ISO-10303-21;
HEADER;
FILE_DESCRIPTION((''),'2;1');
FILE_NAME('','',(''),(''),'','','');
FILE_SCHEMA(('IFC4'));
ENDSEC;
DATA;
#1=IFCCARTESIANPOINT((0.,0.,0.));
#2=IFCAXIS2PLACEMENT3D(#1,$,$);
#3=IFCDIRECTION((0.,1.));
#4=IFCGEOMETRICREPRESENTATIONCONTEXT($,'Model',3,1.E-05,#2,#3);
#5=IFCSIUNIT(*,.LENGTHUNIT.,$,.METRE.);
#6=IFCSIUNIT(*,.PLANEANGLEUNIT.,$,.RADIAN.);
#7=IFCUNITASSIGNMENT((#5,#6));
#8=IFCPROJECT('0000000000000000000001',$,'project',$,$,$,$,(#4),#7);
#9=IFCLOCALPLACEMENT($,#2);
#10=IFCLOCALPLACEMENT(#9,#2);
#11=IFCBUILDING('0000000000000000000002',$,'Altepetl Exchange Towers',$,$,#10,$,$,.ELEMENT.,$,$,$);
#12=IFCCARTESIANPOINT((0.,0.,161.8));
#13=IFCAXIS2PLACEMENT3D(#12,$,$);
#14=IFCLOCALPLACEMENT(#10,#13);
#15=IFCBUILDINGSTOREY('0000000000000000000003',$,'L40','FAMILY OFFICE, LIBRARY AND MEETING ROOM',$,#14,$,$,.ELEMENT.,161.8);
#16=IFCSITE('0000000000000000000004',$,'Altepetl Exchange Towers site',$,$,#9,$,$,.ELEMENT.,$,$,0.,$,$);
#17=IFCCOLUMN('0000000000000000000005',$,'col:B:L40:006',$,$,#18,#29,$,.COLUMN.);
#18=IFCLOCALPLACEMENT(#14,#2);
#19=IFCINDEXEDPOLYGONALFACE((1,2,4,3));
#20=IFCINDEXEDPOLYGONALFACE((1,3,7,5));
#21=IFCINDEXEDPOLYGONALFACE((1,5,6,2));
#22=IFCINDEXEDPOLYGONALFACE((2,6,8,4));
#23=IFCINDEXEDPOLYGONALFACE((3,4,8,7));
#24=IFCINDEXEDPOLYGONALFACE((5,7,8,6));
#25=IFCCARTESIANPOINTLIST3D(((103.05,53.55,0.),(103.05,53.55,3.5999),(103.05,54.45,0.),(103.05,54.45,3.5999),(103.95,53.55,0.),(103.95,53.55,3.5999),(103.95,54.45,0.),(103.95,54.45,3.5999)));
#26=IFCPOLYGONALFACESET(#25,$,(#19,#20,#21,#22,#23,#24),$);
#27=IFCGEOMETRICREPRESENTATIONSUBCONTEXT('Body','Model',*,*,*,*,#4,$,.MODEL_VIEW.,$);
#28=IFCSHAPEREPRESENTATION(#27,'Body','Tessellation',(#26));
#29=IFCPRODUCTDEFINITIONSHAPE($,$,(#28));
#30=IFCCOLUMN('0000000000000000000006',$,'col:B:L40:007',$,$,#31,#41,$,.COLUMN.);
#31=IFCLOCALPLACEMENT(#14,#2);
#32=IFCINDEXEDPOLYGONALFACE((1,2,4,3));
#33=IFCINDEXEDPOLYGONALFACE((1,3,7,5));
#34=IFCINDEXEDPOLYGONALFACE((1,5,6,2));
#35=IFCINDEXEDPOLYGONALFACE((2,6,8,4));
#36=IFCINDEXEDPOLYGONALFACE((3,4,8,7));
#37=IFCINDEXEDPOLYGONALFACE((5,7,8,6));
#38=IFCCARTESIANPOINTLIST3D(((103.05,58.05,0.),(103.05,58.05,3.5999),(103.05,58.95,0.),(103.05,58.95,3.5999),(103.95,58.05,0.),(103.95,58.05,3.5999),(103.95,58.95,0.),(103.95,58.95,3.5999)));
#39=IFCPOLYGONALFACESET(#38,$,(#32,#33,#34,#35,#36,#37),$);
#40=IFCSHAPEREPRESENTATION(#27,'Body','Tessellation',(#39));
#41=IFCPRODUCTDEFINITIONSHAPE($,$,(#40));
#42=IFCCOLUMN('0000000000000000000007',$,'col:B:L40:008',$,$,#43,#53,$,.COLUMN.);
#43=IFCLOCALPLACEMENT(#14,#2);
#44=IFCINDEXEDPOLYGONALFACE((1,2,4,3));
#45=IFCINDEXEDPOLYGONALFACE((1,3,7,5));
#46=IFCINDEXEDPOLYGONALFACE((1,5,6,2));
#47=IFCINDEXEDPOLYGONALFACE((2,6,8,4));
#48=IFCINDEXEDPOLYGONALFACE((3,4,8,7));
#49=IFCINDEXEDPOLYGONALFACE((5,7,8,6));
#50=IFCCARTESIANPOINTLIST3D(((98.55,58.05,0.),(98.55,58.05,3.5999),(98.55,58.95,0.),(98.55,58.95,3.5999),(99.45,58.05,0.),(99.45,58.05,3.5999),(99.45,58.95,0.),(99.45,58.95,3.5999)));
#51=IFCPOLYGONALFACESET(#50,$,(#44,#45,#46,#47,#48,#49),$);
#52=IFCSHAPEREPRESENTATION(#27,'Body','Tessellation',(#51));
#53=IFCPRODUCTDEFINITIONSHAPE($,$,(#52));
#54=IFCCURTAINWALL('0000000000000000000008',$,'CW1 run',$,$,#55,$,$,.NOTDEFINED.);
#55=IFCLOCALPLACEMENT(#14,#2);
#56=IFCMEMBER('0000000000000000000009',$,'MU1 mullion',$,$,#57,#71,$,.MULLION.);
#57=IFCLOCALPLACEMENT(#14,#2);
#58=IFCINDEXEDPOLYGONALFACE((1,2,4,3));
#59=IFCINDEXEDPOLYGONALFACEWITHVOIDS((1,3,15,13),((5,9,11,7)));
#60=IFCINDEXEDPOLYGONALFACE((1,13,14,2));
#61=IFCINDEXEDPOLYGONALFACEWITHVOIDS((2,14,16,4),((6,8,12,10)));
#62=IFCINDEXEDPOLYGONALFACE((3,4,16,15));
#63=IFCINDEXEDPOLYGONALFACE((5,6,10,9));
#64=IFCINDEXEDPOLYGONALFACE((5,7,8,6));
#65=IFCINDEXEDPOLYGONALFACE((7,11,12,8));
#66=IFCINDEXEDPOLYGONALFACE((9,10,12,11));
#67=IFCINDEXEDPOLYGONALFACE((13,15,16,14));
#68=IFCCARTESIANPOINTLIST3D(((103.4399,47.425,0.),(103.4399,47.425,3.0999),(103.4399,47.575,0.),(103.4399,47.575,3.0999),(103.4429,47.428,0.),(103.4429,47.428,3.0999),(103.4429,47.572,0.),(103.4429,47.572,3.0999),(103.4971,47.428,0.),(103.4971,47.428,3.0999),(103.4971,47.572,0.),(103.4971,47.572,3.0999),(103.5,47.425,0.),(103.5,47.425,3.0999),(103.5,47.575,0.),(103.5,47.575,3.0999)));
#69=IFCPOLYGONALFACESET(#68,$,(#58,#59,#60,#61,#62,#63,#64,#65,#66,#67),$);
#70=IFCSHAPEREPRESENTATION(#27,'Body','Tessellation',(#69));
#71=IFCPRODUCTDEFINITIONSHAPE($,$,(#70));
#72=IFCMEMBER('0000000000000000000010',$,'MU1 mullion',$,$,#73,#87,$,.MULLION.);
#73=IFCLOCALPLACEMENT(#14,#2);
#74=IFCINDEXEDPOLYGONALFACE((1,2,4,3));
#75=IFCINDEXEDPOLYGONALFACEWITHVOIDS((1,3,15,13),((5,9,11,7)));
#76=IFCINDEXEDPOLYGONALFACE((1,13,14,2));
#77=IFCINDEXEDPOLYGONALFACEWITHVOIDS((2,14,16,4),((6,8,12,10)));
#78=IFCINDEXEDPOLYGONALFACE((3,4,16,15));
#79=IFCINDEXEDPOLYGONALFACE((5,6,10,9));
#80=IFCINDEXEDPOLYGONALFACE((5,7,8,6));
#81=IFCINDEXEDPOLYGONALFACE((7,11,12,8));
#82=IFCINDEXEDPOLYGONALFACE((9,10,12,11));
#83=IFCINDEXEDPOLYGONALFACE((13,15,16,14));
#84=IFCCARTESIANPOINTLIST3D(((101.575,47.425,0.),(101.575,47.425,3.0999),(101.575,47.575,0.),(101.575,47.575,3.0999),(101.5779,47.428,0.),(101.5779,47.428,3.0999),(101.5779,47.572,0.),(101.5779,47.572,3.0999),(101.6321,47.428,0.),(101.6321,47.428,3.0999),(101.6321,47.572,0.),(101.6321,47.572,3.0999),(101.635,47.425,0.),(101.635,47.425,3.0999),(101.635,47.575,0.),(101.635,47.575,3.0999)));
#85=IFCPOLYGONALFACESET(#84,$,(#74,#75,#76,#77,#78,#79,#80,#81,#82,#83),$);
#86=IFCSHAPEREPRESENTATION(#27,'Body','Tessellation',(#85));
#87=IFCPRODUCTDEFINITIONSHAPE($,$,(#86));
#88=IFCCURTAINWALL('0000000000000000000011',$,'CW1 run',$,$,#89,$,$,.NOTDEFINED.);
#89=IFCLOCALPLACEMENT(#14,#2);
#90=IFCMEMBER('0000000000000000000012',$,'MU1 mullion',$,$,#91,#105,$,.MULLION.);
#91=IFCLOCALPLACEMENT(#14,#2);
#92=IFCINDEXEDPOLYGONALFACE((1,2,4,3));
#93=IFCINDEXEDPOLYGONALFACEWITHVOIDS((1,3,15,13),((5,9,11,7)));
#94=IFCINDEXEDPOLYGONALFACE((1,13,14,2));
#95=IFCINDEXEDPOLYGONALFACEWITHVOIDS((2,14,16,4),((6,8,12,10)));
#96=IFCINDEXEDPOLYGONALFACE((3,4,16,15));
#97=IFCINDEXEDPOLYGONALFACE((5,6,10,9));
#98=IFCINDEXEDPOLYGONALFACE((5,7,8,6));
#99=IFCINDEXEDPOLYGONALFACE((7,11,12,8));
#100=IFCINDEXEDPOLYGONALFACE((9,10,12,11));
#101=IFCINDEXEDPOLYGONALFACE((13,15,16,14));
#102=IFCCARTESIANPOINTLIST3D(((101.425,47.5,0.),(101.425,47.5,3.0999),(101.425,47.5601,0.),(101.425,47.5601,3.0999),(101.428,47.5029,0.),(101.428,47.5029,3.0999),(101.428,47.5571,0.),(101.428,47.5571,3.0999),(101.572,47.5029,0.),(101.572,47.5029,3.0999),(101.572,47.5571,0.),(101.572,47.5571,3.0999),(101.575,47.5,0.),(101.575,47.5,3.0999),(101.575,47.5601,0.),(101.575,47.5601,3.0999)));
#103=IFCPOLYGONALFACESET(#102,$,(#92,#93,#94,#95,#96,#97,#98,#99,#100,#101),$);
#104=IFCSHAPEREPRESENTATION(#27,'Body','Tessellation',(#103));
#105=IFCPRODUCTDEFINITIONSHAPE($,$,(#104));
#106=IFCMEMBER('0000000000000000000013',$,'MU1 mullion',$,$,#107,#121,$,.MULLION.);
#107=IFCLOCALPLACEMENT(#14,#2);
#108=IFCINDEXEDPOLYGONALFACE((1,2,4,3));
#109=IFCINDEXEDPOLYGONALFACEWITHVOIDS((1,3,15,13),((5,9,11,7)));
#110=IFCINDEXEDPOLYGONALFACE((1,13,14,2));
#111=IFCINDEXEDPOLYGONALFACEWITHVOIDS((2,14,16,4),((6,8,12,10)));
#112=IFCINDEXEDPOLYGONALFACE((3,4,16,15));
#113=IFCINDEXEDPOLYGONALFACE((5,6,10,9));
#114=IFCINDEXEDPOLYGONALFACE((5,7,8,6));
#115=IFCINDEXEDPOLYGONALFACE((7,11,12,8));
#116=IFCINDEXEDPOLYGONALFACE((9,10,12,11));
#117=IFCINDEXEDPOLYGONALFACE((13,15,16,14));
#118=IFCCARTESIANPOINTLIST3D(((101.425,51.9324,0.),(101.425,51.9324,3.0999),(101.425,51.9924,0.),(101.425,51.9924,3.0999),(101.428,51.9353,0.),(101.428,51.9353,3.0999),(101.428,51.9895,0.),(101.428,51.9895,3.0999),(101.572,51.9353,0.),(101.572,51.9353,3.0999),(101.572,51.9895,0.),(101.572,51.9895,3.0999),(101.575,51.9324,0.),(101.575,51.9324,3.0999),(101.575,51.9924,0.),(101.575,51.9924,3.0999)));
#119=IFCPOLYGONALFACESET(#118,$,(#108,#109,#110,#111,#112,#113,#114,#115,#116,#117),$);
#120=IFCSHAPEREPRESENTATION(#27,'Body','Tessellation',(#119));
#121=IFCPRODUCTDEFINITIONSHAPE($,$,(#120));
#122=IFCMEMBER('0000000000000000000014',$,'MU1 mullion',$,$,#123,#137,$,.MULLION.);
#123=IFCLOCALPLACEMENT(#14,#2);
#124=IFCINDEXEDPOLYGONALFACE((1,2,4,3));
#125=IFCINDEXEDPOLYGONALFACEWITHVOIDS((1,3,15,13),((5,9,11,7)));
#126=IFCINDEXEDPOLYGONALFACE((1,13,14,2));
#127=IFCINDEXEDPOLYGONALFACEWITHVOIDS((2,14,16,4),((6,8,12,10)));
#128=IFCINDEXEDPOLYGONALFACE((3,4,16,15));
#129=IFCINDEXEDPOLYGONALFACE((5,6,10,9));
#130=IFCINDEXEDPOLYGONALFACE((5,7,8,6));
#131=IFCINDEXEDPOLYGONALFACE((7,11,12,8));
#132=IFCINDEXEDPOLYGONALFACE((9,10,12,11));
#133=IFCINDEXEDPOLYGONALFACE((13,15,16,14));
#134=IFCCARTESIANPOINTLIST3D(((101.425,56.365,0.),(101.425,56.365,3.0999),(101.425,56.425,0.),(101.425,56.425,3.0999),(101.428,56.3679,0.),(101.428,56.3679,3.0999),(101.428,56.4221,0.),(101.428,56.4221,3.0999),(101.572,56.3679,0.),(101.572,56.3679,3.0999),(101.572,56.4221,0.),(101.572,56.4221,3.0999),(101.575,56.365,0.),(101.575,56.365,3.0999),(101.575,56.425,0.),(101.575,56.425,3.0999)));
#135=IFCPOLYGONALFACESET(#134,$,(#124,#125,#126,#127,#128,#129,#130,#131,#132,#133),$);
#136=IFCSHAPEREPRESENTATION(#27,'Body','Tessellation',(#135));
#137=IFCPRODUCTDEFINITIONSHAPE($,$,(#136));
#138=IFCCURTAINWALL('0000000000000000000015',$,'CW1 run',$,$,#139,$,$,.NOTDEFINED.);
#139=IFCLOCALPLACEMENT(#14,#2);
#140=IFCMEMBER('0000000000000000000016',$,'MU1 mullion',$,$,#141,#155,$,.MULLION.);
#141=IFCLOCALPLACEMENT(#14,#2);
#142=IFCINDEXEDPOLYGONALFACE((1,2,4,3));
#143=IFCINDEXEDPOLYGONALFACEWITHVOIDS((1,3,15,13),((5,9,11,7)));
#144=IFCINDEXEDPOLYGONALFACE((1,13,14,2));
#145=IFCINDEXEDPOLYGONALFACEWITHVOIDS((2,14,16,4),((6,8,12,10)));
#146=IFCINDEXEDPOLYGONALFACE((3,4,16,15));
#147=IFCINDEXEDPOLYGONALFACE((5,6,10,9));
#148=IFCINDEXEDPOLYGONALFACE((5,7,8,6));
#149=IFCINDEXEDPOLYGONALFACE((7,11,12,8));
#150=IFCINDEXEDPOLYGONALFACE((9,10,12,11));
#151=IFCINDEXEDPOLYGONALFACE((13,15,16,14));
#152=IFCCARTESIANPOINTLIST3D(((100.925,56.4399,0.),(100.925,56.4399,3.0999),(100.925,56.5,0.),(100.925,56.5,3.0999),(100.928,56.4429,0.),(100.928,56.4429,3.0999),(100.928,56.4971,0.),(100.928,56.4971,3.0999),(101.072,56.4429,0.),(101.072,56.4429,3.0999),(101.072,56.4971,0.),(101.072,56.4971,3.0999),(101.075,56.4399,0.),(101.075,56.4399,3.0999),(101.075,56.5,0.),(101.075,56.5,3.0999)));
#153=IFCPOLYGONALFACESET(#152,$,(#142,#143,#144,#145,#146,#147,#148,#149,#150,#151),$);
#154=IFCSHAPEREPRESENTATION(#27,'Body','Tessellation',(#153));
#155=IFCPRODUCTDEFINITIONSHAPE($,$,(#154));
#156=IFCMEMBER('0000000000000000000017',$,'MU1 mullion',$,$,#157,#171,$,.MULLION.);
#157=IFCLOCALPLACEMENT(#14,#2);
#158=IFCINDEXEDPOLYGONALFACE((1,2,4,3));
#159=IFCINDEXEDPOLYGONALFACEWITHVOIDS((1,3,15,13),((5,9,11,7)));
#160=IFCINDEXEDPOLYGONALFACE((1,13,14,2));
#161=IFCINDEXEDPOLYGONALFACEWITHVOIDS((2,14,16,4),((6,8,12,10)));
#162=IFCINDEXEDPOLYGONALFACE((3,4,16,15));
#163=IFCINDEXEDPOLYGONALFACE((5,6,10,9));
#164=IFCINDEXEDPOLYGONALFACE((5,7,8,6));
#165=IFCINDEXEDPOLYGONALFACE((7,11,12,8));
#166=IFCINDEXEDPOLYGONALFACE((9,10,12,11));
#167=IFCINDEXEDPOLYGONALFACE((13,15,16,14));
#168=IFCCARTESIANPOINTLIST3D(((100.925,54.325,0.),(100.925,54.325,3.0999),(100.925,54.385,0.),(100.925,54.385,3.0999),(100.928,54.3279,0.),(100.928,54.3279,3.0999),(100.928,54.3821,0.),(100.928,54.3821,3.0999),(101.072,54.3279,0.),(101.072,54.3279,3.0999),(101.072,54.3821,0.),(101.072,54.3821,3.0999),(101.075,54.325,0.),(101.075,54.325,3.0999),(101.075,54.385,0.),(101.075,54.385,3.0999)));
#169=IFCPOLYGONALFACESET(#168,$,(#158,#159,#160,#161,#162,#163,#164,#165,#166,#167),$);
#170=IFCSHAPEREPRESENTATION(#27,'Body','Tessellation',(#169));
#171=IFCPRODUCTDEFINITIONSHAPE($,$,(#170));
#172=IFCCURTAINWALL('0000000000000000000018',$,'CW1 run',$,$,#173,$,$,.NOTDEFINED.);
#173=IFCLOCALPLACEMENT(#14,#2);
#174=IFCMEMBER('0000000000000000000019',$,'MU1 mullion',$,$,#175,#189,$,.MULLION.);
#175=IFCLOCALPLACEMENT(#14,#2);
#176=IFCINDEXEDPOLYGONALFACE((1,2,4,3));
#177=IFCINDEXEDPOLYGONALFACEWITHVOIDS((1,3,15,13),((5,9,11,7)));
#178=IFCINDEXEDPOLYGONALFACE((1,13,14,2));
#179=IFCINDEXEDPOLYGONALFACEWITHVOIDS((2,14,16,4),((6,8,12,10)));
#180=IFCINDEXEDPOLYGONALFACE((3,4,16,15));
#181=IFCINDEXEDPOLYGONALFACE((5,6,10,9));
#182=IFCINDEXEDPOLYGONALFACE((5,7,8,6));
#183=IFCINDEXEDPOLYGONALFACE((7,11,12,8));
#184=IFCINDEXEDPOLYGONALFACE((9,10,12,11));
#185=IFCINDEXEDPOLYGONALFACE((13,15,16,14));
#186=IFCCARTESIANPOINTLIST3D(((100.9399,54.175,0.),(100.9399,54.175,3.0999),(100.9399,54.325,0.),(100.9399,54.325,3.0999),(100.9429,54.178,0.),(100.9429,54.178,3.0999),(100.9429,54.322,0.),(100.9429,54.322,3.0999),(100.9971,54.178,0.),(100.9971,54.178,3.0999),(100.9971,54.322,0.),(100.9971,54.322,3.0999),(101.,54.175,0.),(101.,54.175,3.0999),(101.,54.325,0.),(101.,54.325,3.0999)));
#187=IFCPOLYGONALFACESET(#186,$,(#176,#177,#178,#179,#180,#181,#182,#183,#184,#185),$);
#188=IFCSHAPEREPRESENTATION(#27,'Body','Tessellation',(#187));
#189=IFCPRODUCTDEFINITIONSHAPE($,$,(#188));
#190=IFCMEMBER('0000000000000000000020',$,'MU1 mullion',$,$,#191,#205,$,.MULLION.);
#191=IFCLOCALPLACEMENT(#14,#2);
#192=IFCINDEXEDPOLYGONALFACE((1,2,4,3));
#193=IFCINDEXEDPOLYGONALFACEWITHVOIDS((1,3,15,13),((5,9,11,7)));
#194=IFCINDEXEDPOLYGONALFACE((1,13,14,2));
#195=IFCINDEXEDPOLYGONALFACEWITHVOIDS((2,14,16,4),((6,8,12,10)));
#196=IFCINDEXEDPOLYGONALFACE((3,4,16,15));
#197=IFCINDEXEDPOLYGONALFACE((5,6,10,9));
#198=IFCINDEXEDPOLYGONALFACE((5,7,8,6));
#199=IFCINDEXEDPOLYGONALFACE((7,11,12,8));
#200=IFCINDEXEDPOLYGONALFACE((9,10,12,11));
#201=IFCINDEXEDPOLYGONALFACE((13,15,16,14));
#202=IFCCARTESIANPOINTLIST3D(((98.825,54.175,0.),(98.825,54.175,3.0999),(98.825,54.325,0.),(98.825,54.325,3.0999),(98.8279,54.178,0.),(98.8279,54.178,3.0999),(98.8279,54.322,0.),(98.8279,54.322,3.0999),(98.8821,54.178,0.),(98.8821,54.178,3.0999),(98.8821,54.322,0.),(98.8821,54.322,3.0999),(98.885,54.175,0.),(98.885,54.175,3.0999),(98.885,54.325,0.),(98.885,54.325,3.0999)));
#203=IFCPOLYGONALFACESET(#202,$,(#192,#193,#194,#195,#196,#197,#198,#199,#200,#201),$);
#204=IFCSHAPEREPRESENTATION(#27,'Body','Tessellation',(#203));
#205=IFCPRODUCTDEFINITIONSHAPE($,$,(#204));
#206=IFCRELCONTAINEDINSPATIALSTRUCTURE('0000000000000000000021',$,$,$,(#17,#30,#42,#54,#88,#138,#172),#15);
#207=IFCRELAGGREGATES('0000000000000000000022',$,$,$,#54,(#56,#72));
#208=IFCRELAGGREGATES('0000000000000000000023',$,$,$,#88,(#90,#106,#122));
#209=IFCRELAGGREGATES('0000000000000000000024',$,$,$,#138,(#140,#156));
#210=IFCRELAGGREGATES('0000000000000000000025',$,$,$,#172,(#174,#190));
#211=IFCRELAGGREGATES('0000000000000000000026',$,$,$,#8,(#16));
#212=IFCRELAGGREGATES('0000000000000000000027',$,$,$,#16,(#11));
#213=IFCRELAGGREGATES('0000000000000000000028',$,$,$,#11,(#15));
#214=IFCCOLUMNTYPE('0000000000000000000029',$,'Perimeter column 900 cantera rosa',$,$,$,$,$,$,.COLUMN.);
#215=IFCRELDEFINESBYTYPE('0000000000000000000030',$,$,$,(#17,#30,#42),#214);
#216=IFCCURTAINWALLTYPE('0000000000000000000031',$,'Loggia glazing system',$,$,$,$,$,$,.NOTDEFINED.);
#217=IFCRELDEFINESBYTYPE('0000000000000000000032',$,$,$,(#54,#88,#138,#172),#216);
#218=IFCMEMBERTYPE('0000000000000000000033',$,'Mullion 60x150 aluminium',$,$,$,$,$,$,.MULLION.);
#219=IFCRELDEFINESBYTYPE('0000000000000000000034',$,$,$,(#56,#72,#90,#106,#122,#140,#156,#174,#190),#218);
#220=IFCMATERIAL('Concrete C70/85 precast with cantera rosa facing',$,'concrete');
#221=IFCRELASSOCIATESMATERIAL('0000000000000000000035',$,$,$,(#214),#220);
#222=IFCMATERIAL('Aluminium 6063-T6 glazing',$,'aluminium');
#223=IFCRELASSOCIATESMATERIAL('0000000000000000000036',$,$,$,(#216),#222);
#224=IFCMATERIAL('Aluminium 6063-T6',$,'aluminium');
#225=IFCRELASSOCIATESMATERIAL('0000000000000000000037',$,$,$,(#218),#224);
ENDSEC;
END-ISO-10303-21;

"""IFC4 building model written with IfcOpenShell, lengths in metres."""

from ifc_helpers import new_model, si_unit, direction, frame, origin, origin_2d, place, context, subcontext, project, spatial, rectangle, hollow_rectangle, extrude, material, material_profile, profile_set, type_object, element, aggregate, save


model = new_model("IFC4")

# Units and contexts
model_context = context("Model", 3, precision=1e-05, world=origin(), true_north=direction((0.0, 1.0)))
body_context = subcontext(model_context, "Body", "Model", "MODEL_VIEW")
ifc_project = project(units=[si_unit("LENGTHUNIT", "METRE"), si_unit("PLANEANGLEUNIT", "RADIAN")], contexts=[model_context])

# Site, building, storey
site_placement = place(None, origin())
site = spatial("IfcSite", under=ifc_project, at=site_placement, Name="Altepetl Exchange Towers site", CompositionType="ELEMENT", RefElevation=0.0)
building_placement = place(site_placement, origin())
building = spatial("IfcBuilding", under=site, at=building_placement, Name="Altepetl Exchange Towers", CompositionType="ELEMENT")
storey_placement = place(building_placement, frame((0.0, 0.0, 161.8)))
storey = spatial("IfcBuildingStorey", under=building, at=storey_placement, Name="L40", Description="FAMILY OFFICE, LIBRARY AND MEETING ROOM", CompositionType="ELEMENT", Elevation=161.8)

# Columns
ifc_material_1 = material(Name="Concrete C70/85 precast with cantera rosa facing", Category="concrete")
ifc_material_profile_1 = material_profile(ifc_material_1, rectangle(XDim=0.8999, YDim=0.8999, at=origin_2d()), Name="900 x 900")
ifc_profile_set_1 = profile_set([ifc_material_profile_1], Name="Concrete C70/85 precast with cantera rosa facing")
column_type = type_object("IfcColumnType", Name="Perimeter column 900 cantera rosa", PredefinedType="COLUMN", material=ifc_profile_set_1)
for number, where, name in (
    (1, (103.5, 54.0, 0.0), "col:B:L40:006"),
    (2, (103.5, 58.5, 0.0), "col:B:L40:007"),
    (3, (99.0, 58.5, 0.0), "col:B:L40:008"),
):
    element("IfcColumn", number, at=place(storey_placement, frame(where)), inside=storey, type_object=column_type, Name=name, PredefinedType="COLUMN", context=body_context, shape_type="SweptSolid", body=[
        extrude(rectangle(XDim=0.8999, YDim=0.8999, at=origin_2d()), origin(), (0.0, 0.0, 1.0), 3.5999),
    ])

# Curtain walls, members
ifc_material_2 = material(Name="Aluminium 6063-T6 glazing", Category="aluminium")
curtain_wall_type = type_object("IfcCurtainWallType", Name="Loggia glazing system", PredefinedType="NOTDEFINED", material=ifc_material_2)
curtain_wall_1_placement = place(storey_placement, origin())
curtain_wall_1 = element("IfcCurtainWall", 4, at=curtain_wall_1_placement, inside=storey, type_object=curtain_wall_type, Name="CW1 run", PredefinedType="NOTDEFINED")
ifc_material_3 = material(Name="Aluminium 6063-T6", Category="aluminium")
ifc_material_profile_2 = material_profile(ifc_material_3, hollow_rectangle(XDim=0.0601, YDim=0.1499, WallThickness=0.0029, at=origin_2d()), Name="Mullion 60x150 aluminium")
ifc_profile_set_2 = profile_set([ifc_material_profile_2], Name="Aluminium 6063-T6")
member_type = type_object("IfcMemberType", Name="Mullion 60x150 aluminium", PredefinedType="MULLION", material=ifc_profile_set_2)
member_1_placement = place(storey_placement, frame((103.47, 47.5, 0.0), z_axis=(0.0, 0.0, 1.0), x_axis=(-1.0, 0.0, 0.0)))
member_1 = element("IfcMember", 5, at=member_1_placement, type_object=member_type, Name="MU1 mullion", PredefinedType="MULLION", context=body_context, shape_type="SweptSolid", body=[
    extrude(hollow_rectangle(XDim=0.0601, YDim=0.1499, WallThickness=0.0029, at=origin_2d()), origin(), (0.0, 0.0, 1.0), 3.0999),
])
member_2_placement = place(storey_placement, frame((101.605, 47.5, 0.0), z_axis=(0.0, 0.0, 1.0), x_axis=(-1.0, 0.0, 0.0)))
member_2 = element("IfcMember", 6, at=member_2_placement, type_object=member_type, Name="MU1 mullion", PredefinedType="MULLION", context=body_context, shape_type="SweptSolid", body=[
    extrude(hollow_rectangle(XDim=0.0601, YDim=0.1499, WallThickness=0.0029, at=origin_2d()), origin(), (0.0, 0.0, 1.0), 3.0999),
])
curtain_wall_2_placement = place(storey_placement, origin())
curtain_wall_2 = element("IfcCurtainWall", 7, at=curtain_wall_2_placement, inside=storey, type_object=curtain_wall_type, Name="CW1 run", PredefinedType="NOTDEFINED")
member_3_placement = place(storey_placement, frame((101.5, 47.53, 0.0), z_axis=(0.0, 0.0, 1.0), x_axis=(0.0, 1.0, 0.0)))
member_3 = element("IfcMember", 8, at=member_3_placement, type_object=member_type, Name="MU1 mullion", PredefinedType="MULLION", context=body_context, shape_type="SweptSolid", body=[
    extrude(hollow_rectangle(XDim=0.0601, YDim=0.1499, WallThickness=0.0029, at=origin_2d()), origin(), (0.0, 0.0, 1.0), 3.0999),
])
member_4_placement = place(storey_placement, frame((101.5, 51.9624, 0.0), z_axis=(0.0, 0.0, 1.0), x_axis=(0.0, 1.0, 0.0)))
member_4 = element("IfcMember", 9, at=member_4_placement, type_object=member_type, Name="MU1 mullion", PredefinedType="MULLION", context=body_context, shape_type="SweptSolid", body=[
    extrude(hollow_rectangle(XDim=0.0601, YDim=0.1499, WallThickness=0.0029, at=origin_2d()), origin(), (0.0, 0.0, 1.0), 3.0999),
])
member_5_placement = place(storey_placement, frame((101.5, 56.395, 0.0), z_axis=(0.0, 0.0, 1.0), x_axis=(0.0, 1.0, 0.0)))
member_5 = element("IfcMember", 10, at=member_5_placement, type_object=member_type, Name="MU1 mullion", PredefinedType="MULLION", context=body_context, shape_type="SweptSolid", body=[
    extrude(hollow_rectangle(XDim=0.0601, YDim=0.1499, WallThickness=0.0029, at=origin_2d()), origin(), (0.0, 0.0, 1.0), 3.0999),
])
curtain_wall_3_placement = place(storey_placement, origin())
curtain_wall_3 = element("IfcCurtainWall", 11, at=curtain_wall_3_placement, inside=storey, type_object=curtain_wall_type, Name="CW1 run", PredefinedType="NOTDEFINED")
member_6_placement = place(storey_placement, frame((101.0, 56.47, 0.0), z_axis=(0.0, 0.0, 1.0), x_axis=(0.0, -1.0, 0.0)))
member_6 = element("IfcMember", 12, at=member_6_placement, type_object=member_type, Name="MU1 mullion", PredefinedType="MULLION", context=body_context, shape_type="SweptSolid", body=[
    extrude(hollow_rectangle(XDim=0.0601, YDim=0.1499, WallThickness=0.0029, at=origin_2d()), origin(), (0.0, 0.0, 1.0), 3.0999),
])
member_7_placement = place(storey_placement, frame((101.0, 54.355, 0.0), z_axis=(0.0, 0.0, 1.0), x_axis=(0.0, -1.0, 0.0)))
member_7 = element("IfcMember", 13, at=member_7_placement, type_object=member_type, Name="MU1 mullion", PredefinedType="MULLION", context=body_context, shape_type="SweptSolid", body=[
    extrude(hollow_rectangle(XDim=0.0601, YDim=0.1499, WallThickness=0.0029, at=origin_2d()), origin(), (0.0, 0.0, 1.0), 3.0999),
])
curtain_wall_4_placement = place(storey_placement, origin())
curtain_wall_4 = element("IfcCurtainWall", 14, at=curtain_wall_4_placement, inside=storey, type_object=curtain_wall_type, Name="CW1 run", PredefinedType="NOTDEFINED")
member_8_placement = place(storey_placement, frame((100.97, 54.25, 0.0), z_axis=(0.0, 0.0, 1.0), x_axis=(-1.0, 0.0, 0.0)))
member_8 = element("IfcMember", 15, at=member_8_placement, type_object=member_type, Name="MU1 mullion", PredefinedType="MULLION", context=body_context, shape_type="SweptSolid", body=[
    extrude(hollow_rectangle(XDim=0.0601, YDim=0.1499, WallThickness=0.0029, at=origin_2d()), origin(), (0.0, 0.0, 1.0), 3.0999),
])
member_9_placement = place(storey_placement, frame((98.855, 54.25, 0.0), z_axis=(0.0, 0.0, 1.0), x_axis=(-1.0, 0.0, 0.0)))
member_9 = element("IfcMember", 16, at=member_9_placement, type_object=member_type, Name="MU1 mullion", PredefinedType="MULLION", context=body_context, shape_type="SweptSolid", body=[
    extrude(hollow_rectangle(XDim=0.0601, YDim=0.1499, WallThickness=0.0029, at=origin_2d()), origin(), (0.0, 0.0, 1.0), 3.0999),
])

aggregate(curtain_wall_1, [member_1, member_2])
aggregate(curtain_wall_2, [member_3, member_4, member_5])
aggregate(curtain_wall_3, [member_6, member_7])
aggregate(curtain_wall_4, [member_8, member_9])

save(model, "model.ifc")
